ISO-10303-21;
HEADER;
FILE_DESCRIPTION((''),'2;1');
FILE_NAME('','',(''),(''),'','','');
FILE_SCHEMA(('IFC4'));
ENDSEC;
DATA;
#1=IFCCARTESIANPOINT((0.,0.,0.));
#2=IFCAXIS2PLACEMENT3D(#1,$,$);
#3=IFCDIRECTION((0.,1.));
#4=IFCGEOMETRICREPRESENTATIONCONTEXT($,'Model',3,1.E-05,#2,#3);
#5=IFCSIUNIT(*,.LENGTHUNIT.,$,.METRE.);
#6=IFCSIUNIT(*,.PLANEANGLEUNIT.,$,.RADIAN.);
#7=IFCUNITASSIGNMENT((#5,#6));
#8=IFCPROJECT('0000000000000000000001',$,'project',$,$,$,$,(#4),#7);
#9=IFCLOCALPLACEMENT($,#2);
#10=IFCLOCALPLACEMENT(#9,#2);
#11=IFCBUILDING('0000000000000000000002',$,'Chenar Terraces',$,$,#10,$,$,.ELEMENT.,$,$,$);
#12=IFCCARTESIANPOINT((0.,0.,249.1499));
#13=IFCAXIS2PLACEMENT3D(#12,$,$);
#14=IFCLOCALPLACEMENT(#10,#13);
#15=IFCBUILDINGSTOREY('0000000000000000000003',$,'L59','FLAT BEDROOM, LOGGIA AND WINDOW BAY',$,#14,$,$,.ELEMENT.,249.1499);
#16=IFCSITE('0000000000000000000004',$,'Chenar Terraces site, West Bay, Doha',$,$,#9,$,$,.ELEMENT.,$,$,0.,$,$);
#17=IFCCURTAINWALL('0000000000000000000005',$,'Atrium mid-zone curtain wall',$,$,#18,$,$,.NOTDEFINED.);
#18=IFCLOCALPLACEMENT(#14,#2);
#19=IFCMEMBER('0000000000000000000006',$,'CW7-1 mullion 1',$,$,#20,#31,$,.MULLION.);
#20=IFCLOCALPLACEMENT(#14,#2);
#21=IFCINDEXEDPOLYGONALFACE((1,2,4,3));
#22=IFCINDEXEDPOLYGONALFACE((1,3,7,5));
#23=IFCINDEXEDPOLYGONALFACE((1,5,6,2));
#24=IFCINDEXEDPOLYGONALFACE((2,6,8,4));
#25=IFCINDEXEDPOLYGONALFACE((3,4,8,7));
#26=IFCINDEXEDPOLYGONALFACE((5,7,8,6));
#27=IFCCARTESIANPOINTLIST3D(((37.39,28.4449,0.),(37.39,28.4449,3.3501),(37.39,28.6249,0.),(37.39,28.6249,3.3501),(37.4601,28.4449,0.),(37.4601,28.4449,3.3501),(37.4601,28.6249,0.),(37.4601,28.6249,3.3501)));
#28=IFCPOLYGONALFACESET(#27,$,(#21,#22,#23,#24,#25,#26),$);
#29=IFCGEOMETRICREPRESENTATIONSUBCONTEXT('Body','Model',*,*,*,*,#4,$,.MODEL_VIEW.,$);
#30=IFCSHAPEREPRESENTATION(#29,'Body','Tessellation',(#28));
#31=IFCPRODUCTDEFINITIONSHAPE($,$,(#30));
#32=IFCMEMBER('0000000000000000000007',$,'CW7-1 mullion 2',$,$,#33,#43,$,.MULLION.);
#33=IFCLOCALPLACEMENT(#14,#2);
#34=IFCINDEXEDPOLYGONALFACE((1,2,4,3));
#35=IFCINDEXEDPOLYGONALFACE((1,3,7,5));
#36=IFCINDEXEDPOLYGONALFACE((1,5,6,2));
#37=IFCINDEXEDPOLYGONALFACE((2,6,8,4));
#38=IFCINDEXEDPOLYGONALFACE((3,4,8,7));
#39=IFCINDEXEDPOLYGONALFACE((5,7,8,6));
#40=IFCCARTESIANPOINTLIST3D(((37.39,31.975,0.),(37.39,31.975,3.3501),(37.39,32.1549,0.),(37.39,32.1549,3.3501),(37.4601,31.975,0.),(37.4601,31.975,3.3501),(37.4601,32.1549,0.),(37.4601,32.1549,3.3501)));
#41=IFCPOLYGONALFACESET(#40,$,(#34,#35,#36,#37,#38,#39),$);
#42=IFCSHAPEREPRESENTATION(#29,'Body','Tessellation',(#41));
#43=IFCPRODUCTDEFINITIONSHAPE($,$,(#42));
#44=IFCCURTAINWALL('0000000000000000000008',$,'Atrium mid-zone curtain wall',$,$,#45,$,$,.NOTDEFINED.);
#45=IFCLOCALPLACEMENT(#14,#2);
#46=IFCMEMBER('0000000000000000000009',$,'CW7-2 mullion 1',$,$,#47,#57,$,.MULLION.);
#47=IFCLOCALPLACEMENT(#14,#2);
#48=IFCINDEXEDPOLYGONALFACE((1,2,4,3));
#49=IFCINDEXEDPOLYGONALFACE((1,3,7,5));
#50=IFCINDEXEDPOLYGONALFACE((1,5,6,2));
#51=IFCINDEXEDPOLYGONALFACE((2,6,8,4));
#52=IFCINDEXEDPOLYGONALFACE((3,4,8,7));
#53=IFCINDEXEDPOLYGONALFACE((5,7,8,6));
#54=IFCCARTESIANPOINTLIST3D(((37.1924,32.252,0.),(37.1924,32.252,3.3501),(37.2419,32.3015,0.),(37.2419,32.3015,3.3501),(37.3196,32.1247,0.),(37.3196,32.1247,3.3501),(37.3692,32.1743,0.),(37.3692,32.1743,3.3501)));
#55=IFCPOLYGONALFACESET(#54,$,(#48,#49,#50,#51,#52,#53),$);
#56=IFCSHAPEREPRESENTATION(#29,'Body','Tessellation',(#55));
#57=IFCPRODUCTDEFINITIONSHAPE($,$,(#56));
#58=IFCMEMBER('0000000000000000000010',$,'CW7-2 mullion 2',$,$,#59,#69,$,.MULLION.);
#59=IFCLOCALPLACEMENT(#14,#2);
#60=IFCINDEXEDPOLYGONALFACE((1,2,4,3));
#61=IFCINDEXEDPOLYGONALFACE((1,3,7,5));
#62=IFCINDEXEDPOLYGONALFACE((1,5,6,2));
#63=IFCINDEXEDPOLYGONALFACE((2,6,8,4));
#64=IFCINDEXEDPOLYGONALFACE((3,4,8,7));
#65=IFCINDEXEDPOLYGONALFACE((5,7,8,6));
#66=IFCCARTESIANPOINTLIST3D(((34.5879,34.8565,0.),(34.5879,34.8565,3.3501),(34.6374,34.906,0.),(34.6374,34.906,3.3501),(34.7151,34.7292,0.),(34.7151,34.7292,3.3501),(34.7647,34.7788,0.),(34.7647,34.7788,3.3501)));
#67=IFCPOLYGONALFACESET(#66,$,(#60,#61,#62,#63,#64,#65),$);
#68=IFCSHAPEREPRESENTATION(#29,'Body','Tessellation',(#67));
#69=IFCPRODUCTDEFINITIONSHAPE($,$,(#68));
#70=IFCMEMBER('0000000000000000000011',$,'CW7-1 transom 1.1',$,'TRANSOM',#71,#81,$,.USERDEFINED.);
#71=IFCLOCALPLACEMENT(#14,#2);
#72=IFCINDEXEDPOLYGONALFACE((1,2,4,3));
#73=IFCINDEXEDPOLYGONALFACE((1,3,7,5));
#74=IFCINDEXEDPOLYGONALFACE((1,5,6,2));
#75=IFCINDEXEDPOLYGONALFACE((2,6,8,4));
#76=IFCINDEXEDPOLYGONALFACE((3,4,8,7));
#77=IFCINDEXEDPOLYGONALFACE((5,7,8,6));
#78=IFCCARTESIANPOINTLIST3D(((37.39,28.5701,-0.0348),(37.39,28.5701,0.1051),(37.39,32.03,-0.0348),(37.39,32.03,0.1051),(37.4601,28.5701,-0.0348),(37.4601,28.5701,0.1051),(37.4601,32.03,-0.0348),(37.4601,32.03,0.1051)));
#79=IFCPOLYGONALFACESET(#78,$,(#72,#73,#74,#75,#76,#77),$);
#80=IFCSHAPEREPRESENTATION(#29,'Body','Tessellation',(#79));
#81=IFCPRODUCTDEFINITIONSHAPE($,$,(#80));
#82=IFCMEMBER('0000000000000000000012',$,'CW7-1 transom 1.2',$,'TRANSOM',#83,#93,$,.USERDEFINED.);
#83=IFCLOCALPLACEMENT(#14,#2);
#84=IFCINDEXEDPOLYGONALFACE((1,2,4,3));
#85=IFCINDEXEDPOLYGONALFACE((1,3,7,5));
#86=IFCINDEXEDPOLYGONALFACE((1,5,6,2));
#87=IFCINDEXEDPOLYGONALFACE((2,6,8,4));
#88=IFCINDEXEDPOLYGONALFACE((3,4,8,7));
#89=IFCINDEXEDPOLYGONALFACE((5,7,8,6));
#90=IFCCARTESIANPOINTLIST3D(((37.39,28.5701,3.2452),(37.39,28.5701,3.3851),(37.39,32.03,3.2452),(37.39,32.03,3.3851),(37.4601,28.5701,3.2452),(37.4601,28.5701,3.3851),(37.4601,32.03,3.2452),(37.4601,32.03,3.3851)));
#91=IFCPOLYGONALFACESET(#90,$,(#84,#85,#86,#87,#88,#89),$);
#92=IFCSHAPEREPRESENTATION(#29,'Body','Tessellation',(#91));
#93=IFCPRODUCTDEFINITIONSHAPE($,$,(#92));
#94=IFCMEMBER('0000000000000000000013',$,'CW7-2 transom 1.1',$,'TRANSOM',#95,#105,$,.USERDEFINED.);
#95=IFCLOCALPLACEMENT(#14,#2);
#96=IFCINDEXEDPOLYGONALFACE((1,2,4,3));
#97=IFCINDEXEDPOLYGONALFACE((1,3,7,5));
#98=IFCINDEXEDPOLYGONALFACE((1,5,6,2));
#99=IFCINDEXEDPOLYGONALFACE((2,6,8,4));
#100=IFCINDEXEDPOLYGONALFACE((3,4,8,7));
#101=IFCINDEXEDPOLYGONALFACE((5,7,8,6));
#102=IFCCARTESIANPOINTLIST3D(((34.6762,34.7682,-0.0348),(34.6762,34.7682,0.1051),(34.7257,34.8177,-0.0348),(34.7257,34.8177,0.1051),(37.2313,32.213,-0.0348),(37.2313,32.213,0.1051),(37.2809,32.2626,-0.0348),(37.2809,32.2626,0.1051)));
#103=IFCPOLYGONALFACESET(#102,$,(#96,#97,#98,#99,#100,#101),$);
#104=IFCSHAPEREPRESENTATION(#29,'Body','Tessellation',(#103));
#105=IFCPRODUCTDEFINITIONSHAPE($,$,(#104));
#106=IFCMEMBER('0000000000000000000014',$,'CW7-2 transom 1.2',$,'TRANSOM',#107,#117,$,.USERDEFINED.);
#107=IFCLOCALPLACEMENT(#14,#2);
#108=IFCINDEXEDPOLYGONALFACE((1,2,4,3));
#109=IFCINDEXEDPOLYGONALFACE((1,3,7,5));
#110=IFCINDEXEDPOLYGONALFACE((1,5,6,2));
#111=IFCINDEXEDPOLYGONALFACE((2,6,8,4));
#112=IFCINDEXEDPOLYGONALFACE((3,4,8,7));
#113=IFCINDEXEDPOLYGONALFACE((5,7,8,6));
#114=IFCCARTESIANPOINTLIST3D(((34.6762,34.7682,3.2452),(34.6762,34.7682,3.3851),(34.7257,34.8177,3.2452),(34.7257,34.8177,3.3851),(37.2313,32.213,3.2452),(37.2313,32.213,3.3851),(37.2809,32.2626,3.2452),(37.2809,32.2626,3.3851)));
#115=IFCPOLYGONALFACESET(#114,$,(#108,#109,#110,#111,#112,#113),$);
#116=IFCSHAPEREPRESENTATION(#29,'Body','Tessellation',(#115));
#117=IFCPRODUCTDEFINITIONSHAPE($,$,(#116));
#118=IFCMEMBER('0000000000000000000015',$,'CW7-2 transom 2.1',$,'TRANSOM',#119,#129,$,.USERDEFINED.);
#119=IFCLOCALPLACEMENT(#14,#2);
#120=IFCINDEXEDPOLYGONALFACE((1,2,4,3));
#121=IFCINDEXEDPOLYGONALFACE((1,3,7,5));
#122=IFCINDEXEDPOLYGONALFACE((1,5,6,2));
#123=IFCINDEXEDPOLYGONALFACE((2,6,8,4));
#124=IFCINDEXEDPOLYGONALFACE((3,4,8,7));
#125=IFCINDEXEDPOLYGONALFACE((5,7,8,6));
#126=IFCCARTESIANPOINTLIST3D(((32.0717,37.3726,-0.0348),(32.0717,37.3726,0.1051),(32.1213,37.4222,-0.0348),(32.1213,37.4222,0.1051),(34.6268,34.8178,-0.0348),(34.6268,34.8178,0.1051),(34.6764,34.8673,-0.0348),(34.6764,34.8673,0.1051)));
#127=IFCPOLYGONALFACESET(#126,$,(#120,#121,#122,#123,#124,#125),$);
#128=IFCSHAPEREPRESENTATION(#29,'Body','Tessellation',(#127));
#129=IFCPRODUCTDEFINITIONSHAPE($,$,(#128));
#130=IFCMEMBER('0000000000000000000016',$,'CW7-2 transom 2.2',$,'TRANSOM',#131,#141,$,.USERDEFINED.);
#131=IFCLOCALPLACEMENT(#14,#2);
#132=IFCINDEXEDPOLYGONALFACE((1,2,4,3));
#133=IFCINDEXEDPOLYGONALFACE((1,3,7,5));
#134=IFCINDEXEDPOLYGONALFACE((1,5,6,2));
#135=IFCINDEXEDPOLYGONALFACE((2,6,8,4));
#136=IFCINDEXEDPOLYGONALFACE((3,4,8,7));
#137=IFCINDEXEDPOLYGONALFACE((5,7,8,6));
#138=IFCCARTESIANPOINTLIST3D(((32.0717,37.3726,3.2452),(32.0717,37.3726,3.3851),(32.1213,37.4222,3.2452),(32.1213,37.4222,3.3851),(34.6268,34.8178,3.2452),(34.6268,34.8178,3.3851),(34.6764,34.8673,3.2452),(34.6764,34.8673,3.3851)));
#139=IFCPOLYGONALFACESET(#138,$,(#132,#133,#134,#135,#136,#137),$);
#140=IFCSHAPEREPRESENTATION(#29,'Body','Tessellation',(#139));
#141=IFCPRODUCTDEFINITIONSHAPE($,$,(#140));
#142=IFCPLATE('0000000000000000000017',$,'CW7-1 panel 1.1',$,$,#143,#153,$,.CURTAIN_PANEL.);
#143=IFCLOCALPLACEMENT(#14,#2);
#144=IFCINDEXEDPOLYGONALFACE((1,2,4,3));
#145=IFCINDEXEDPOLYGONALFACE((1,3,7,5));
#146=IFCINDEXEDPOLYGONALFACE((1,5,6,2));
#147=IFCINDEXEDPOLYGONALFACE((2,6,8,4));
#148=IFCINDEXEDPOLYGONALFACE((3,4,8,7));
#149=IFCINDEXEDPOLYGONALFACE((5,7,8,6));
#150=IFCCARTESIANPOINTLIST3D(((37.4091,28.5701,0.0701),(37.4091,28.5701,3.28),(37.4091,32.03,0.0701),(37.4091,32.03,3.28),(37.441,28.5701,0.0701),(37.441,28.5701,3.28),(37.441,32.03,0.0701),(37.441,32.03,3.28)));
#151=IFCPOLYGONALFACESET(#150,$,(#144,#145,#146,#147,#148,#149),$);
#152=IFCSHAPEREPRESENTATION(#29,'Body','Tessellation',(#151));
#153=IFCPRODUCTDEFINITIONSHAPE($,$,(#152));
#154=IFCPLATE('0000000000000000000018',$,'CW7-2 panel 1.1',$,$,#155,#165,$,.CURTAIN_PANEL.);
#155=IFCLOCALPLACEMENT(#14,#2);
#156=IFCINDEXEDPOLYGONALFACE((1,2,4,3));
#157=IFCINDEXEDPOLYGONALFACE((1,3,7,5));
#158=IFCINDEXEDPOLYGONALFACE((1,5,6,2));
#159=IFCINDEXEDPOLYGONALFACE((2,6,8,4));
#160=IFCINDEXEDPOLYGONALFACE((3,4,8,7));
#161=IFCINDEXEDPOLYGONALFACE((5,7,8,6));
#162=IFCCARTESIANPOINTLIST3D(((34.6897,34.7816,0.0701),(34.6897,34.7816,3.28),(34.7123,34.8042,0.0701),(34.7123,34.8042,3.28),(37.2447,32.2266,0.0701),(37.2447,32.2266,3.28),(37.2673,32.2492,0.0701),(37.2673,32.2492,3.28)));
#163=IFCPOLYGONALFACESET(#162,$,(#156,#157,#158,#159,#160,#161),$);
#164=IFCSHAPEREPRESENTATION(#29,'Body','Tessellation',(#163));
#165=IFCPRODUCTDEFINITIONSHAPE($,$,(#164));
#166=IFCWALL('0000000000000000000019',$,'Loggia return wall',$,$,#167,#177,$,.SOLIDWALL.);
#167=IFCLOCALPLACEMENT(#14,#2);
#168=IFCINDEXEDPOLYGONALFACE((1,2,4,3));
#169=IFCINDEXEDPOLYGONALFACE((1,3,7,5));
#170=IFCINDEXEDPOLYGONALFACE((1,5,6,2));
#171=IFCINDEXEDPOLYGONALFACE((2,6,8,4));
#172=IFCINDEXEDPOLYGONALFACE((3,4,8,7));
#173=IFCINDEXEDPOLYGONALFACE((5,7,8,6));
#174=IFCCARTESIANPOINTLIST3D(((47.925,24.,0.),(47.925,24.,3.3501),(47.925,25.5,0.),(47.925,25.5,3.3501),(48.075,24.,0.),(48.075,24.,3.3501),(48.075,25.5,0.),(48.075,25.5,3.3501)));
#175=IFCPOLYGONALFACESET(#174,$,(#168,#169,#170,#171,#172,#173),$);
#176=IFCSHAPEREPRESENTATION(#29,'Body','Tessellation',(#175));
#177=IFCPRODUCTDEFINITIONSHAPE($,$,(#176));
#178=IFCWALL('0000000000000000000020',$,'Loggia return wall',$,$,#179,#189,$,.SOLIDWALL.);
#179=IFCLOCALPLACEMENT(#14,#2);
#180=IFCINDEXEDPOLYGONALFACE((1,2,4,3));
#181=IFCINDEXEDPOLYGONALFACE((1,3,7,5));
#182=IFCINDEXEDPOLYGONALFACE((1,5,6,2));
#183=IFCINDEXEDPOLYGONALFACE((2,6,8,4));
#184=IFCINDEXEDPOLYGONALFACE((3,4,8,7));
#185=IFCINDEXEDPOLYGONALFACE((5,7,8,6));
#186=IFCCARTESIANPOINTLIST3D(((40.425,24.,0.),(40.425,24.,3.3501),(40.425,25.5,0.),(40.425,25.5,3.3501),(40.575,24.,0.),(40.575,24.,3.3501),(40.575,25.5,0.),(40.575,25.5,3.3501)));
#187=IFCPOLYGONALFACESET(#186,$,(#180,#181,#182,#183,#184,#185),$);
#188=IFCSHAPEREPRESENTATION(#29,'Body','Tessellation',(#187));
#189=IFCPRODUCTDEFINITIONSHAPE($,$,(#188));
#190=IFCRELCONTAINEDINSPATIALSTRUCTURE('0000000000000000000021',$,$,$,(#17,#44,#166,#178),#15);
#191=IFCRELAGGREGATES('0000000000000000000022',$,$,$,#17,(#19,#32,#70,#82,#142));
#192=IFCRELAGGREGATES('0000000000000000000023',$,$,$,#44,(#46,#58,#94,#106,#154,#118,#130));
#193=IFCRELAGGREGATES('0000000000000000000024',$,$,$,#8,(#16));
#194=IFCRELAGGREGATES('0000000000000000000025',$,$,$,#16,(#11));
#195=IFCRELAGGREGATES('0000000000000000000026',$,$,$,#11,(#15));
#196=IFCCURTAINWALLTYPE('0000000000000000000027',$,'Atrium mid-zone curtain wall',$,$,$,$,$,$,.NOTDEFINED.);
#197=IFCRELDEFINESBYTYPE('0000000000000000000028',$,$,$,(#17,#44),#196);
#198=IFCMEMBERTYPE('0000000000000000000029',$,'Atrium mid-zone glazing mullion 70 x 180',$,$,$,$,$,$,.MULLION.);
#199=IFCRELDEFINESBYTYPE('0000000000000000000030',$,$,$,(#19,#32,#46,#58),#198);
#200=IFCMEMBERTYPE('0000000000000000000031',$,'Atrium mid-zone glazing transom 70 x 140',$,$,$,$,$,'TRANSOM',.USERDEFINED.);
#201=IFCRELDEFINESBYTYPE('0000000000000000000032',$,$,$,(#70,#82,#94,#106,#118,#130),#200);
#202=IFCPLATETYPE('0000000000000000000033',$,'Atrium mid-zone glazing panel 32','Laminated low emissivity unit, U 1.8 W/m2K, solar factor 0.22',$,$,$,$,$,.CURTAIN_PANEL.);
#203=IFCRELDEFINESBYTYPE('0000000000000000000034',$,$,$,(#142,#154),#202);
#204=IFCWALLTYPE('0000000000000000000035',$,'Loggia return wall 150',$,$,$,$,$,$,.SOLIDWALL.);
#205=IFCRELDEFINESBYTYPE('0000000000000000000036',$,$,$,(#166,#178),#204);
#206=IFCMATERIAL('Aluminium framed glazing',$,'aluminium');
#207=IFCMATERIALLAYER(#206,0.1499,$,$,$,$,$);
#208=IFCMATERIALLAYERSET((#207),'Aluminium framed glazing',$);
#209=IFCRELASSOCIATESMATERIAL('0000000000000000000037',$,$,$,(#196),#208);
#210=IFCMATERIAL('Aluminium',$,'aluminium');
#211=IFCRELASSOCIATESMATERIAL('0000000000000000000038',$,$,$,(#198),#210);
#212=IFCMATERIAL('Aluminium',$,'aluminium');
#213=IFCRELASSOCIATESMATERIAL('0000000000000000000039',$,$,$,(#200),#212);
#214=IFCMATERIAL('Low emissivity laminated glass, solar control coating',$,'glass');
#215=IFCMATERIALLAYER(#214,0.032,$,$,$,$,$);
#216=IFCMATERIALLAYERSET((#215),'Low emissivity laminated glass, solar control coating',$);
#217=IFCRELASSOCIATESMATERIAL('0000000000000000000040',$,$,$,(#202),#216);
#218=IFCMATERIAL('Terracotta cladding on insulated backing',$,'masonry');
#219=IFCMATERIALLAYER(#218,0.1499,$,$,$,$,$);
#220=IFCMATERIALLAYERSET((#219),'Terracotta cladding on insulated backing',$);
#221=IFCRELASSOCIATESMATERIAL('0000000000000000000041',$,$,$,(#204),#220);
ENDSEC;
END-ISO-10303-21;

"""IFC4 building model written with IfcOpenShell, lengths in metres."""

from ifc_helpers import new_model, si_unit, direction, frame, frame_2d, origin, origin_2d, place, context, subcontext, project, spatial, rectangle, extrude, material, layer, layer_set, material_profile, profile_set, type_object, element, aggregate, save


model = new_model("IFC4")

# Units and contexts
model_context = context("Model", 3, precision=1e-05, world=origin(), true_north=direction((0.0, 1.0)))
body_context = subcontext(model_context, "Body", "Model", "MODEL_VIEW")
ifc_project = project(units=[si_unit("LENGTHUNIT", "METRE"), si_unit("PLANEANGLEUNIT", "RADIAN")], contexts=[model_context])

# Site, building, storey
site_placement = place(None, origin())
site = spatial("IfcSite", under=ifc_project, at=site_placement, Name="Chenar Terraces site, West Bay, Doha", CompositionType="ELEMENT", RefElevation=0.0)
building_placement = place(site_placement, origin())
building = spatial("IfcBuilding", under=site, at=building_placement, Name="Chenar Terraces", CompositionType="ELEMENT")
storey_placement = place(building_placement, frame((0.0, 0.0, 249.1499)))
storey = spatial("IfcBuildingStorey", under=building, at=storey_placement, Name="L59", Description="FLAT BEDROOM, LOGGIA AND WINDOW BAY", CompositionType="ELEMENT", Elevation=249.1499)

# Curtain walls, members
ifc_material_1 = material(Name="Aluminium framed glazing", Category="aluminium")
ifc_layer_1 = layer(ifc_material_1, 0.1499)
ifc_layer_set_1 = layer_set([ifc_layer_1], Name="Aluminium framed glazing")
curtain_wall_type = type_object("IfcCurtainWallType", Name="Atrium mid-zone curtain wall", PredefinedType="NOTDEFINED", material=ifc_layer_set_1)
placement = place(storey_placement, origin())
curtain_wall_1 = element("IfcCurtainWall", 1, at=placement, inside=storey, type_object=curtain_wall_type, Name="Atrium mid-zone curtain wall", PredefinedType="NOTDEFINED")
ifc_material_2 = material(Name="Aluminium", Category="aluminium")
ifc_material_profile_1 = material_profile(ifc_material_2, rectangle(XDim=0.0701, YDim=0.1799, at=origin_2d()), Name="Atrium mid-zone glazing mullion 70 x 180")
ifc_profile_set_1 = profile_set([ifc_material_profile_1], Name="Aluminium")
member_type_1 = type_object("IfcMemberType", Name="Atrium mid-zone glazing mullion 70 x 180", PredefinedType="MULLION", material=ifc_profile_set_1)
member_1_placement = place(storey_placement, frame((37.425, 28.5349, 0.0), z_axis=(0.0, 0.0, 1.0), x_axis=(-1.0, 0.0, 0.0)))
member_1 = element("IfcMember", 2, at=member_1_placement, type_object=member_type_1, Name="CW7-1 mullion 1", PredefinedType="MULLION", context=body_context, shape_type="SweptSolid", body=[
    extrude(rectangle(XDim=0.0701, YDim=0.1799, at=origin_2d()), origin(), (0.0, 0.0, 1.0), 3.3501),
])
member_2_placement = place(storey_placement, frame((37.425, 32.0649, 0.0), z_axis=(0.0, 0.0, 1.0), x_axis=(-1.0, 0.0, 0.0)))
member_2 = element("IfcMember", 3, at=member_2_placement, type_object=member_type_1, Name="CW7-1 mullion 2", PredefinedType="MULLION", context=body_context, shape_type="SweptSolid", body=[
    extrude(rectangle(XDim=0.0701, YDim=0.1799, at=origin_2d()), origin(), (0.0, 0.0, 1.0), 3.3501),
])
curtain_wall_2 = element("IfcCurtainWall", 4, at=placement, inside=storey, type_object=curtain_wall_type, Name="Atrium mid-zone curtain wall", PredefinedType="NOTDEFINED")
member_3_placement = place(storey_placement, frame((37.2808, 32.2131, 0.0), z_axis=(0.0, 0.0, 1.0), x_axis=(-0.707107, -0.707107, 0.0)))
member_3 = element("IfcMember", 5, at=member_3_placement, type_object=member_type_1, Name="CW7-2 mullion 1", PredefinedType="MULLION", context=body_context, shape_type="SweptSolid", body=[
    extrude(rectangle(XDim=0.0701, YDim=0.1799, at=origin_2d()), origin(), (0.0, 0.0, 1.0), 3.3501),
])
member_4_placement = place(storey_placement, frame((34.6763, 34.8176, 0.0), z_axis=(0.0, 0.0, 1.0), x_axis=(-0.707107, -0.707107, 0.0)))
member_4 = element("IfcMember", 6, at=member_4_placement, type_object=member_type_1, Name="CW7-2 mullion 2", PredefinedType="MULLION", context=body_context, shape_type="SweptSolid", body=[
    extrude(rectangle(XDim=0.0701, YDim=0.1799, at=origin_2d()), origin(), (0.0, 0.0, 1.0), 3.3501),
])

# Members
ifc_material_3 = material(Name="Aluminium", Category="aluminium")
ifc_material_profile_2 = material_profile(ifc_material_3, rectangle(XDim=0.0701, YDim=0.1399, at=origin_2d()), Name="Atrium mid-zone glazing transom 70 x 140")
ifc_profile_set_2 = profile_set([ifc_material_profile_2], Name="Aluminium")
member_type_2 = type_object("IfcMemberType", Name="Atrium mid-zone glazing transom 70 x 140", ElementType="TRANSOM", PredefinedType="USERDEFINED", material=ifc_profile_set_2)
member_5_placement = place(storey_placement, frame((37.425, 28.5701, 0.0352), z_axis=(0.0, 1.0, 0.0), x_axis=(-1.0, 0.0, 0.0)))
member_5 = element("IfcMember", 7, at=member_5_placement, type_object=member_type_2, Name="CW7-1 transom 1.1", ObjectType="TRANSOM", PredefinedType="USERDEFINED", context=body_context, shape_type="SweptSolid", body=[
    extrude(rectangle(XDim=0.0701, YDim=0.1399, at=origin_2d()), origin(), (0.0, 0.0, 1.0), 3.46),
])
member_6_placement = place(storey_placement, frame((37.425, 28.5701, 3.3152), z_axis=(0.0, 1.0, 0.0), x_axis=(-1.0, 0.0, 0.0)))
member_6 = element("IfcMember", 8, at=member_6_placement, type_object=member_type_2, Name="CW7-1 transom 1.2", ObjectType="TRANSOM", PredefinedType="USERDEFINED", context=body_context, shape_type="SweptSolid", body=[
    extrude(rectangle(XDim=0.0701, YDim=0.1399, at=origin_2d()), origin(), (0.0, 0.0, 1.0), 3.46),
])
member_7_placement = place(storey_placement, frame((37.2561, 32.2378, 0.0352), z_axis=(-0.707107, 0.707107, 0.0), x_axis=(-0.707107, -0.707107, 0.0)))
member_7 = element("IfcMember", 9, at=member_7_placement, type_object=member_type_2, Name="CW7-2 transom 1.1", ObjectType="TRANSOM", PredefinedType="USERDEFINED", context=body_context, shape_type="SweptSolid", body=[
    extrude(rectangle(XDim=0.0701, YDim=0.1399, at=origin_2d()), origin(), (0.0, 0.0, 1.0), 3.6135),
])
member_8_placement = place(storey_placement, frame((37.2561, 32.2378, 3.3152), z_axis=(-0.707107, 0.707107, 0.0), x_axis=(-0.707107, -0.707107, 0.0)))
member_8 = element("IfcMember", 10, at=member_8_placement, type_object=member_type_2, Name="CW7-2 transom 1.2", ObjectType="TRANSOM", PredefinedType="USERDEFINED", context=body_context, shape_type="SweptSolid", body=[
    extrude(rectangle(XDim=0.0701, YDim=0.1399, at=origin_2d()), origin(), (0.0, 0.0, 1.0), 3.6135),
])
member_9_placement = place(storey_placement, frame((34.6516, 34.8425, 0.0352), z_axis=(-0.707141, 0.707073, 0.0), x_axis=(-0.707073, -0.707141, 0.0)))
member_9 = element("IfcMember", 11, at=member_9_placement, type_object=member_type_2, Name="CW7-2 transom 2.1", ObjectType="TRANSOM", PredefinedType="USERDEFINED", context=body_context, shape_type="SweptSolid", body=[
    extrude(rectangle(XDim=0.0701, YDim=0.1399, at=origin_2d()), origin(), (0.0, 0.0, 1.0), 3.6133),
])
member_10_placement = place(storey_placement, frame((34.6516, 34.8425, 3.3152), z_axis=(-0.707141, 0.707073, 0.0), x_axis=(-0.707073, -0.707141, 0.0)))
member_10 = element("IfcMember", 12, at=member_10_placement, type_object=member_type_2, Name="CW7-2 transom 2.2", ObjectType="TRANSOM", PredefinedType="USERDEFINED", context=body_context, shape_type="SweptSolid", body=[
    extrude(rectangle(XDim=0.0701, YDim=0.1399, at=origin_2d()), origin(), (0.0, 0.0, 1.0), 3.6133),
])

# Plates
ifc_material_4 = material(Name="Low emissivity laminated glass, solar control coating", Category="glass")
ifc_layer_2 = layer(ifc_material_4, 0.032)
ifc_layer_set_2 = layer_set([ifc_layer_2], Name="Low emissivity laminated glass, solar control coating")
plate_type = type_object("IfcPlateType", Name="Atrium mid-zone glazing panel 32", Description="Laminated low emissivity unit, U 1.8 W/m2K, solar factor 0.22", PredefinedType="CURTAIN_PANEL", material=ifc_layer_set_2)
plate_1_placement = place(storey_placement, frame((37.425, 30.3, 0.0701), z_axis=(0.0, 0.0, 1.0), x_axis=(0.0, 1.0, 0.0)))
plate_1 = element("IfcPlate", 13, at=plate_1_placement, type_object=plate_type, Name="CW7-1 panel 1.1", PredefinedType="CURTAIN_PANEL", context=body_context, shape_type="SweptSolid", body=[
    extrude(rectangle(XDim=3.46, YDim=0.032, at=origin_2d()), origin(), (0.0, 0.0, 1.0), 3.21),
])
aggregate(curtain_wall_1, [member_1, member_2, member_5, member_6, plate_1])
plate_2_placement = place(storey_placement, frame((35.9785, 33.5154, 0.0701), z_axis=(0.0, 0.0, 1.0), x_axis=(-0.707107, 0.707107, 0.0)))
plate_2 = element("IfcPlate", 14, at=plate_2_placement, type_object=plate_type, Name="CW7-2 panel 1.1", PredefinedType="CURTAIN_PANEL", context=body_context, shape_type="SweptSolid", body=[
    extrude(rectangle(XDim=3.6133, YDim=0.032, at=origin_2d()), origin(), (0.0, 0.0, 1.0), 3.21),
])
aggregate(curtain_wall_2, [member_3, member_4, member_7, member_8, plate_2, member_9, member_10])

# Walls
ifc_material_5 = material(Name="Terracotta cladding on insulated backing", Category="masonry")
ifc_layer_3 = layer(ifc_material_5, 0.1499)
ifc_layer_set_3 = layer_set([ifc_layer_3], Name="Terracotta cladding on insulated backing")
wall_type_1 = type_object("IfcWallType", Name="Loggia return wall 150", PredefinedType="SOLIDWALL", material=ifc_layer_set_3)
for number, where, z_axis, x_axis, name in (
    (15, (48.0, 25.5, 0.0), (0.0, 0.0, 1.0), (0.0, -1.0, 0.0), "Loggia return wall"),
    (16, (40.5, 25.5, 0.0), (0.0, 0.0, 1.0), (0.0, -1.0, 0.0), "Loggia return wall"),
):
    element("IfcWall", number, at=place(storey_placement, frame(where, z_axis=z_axis, x_axis=x_axis)), inside=storey, type_object=wall_type_1, Name=name, PredefinedType="SOLIDWALL", context=body_context, shape_type="SweptSolid", body=[
        extrude(rectangle(XDim=1.5, YDim=0.1499, at=frame_2d((0.75, 0.0))), origin(), (0.0, 0.0, 1.0), 3.3501),
    ])

save(model, "model.ifc")
